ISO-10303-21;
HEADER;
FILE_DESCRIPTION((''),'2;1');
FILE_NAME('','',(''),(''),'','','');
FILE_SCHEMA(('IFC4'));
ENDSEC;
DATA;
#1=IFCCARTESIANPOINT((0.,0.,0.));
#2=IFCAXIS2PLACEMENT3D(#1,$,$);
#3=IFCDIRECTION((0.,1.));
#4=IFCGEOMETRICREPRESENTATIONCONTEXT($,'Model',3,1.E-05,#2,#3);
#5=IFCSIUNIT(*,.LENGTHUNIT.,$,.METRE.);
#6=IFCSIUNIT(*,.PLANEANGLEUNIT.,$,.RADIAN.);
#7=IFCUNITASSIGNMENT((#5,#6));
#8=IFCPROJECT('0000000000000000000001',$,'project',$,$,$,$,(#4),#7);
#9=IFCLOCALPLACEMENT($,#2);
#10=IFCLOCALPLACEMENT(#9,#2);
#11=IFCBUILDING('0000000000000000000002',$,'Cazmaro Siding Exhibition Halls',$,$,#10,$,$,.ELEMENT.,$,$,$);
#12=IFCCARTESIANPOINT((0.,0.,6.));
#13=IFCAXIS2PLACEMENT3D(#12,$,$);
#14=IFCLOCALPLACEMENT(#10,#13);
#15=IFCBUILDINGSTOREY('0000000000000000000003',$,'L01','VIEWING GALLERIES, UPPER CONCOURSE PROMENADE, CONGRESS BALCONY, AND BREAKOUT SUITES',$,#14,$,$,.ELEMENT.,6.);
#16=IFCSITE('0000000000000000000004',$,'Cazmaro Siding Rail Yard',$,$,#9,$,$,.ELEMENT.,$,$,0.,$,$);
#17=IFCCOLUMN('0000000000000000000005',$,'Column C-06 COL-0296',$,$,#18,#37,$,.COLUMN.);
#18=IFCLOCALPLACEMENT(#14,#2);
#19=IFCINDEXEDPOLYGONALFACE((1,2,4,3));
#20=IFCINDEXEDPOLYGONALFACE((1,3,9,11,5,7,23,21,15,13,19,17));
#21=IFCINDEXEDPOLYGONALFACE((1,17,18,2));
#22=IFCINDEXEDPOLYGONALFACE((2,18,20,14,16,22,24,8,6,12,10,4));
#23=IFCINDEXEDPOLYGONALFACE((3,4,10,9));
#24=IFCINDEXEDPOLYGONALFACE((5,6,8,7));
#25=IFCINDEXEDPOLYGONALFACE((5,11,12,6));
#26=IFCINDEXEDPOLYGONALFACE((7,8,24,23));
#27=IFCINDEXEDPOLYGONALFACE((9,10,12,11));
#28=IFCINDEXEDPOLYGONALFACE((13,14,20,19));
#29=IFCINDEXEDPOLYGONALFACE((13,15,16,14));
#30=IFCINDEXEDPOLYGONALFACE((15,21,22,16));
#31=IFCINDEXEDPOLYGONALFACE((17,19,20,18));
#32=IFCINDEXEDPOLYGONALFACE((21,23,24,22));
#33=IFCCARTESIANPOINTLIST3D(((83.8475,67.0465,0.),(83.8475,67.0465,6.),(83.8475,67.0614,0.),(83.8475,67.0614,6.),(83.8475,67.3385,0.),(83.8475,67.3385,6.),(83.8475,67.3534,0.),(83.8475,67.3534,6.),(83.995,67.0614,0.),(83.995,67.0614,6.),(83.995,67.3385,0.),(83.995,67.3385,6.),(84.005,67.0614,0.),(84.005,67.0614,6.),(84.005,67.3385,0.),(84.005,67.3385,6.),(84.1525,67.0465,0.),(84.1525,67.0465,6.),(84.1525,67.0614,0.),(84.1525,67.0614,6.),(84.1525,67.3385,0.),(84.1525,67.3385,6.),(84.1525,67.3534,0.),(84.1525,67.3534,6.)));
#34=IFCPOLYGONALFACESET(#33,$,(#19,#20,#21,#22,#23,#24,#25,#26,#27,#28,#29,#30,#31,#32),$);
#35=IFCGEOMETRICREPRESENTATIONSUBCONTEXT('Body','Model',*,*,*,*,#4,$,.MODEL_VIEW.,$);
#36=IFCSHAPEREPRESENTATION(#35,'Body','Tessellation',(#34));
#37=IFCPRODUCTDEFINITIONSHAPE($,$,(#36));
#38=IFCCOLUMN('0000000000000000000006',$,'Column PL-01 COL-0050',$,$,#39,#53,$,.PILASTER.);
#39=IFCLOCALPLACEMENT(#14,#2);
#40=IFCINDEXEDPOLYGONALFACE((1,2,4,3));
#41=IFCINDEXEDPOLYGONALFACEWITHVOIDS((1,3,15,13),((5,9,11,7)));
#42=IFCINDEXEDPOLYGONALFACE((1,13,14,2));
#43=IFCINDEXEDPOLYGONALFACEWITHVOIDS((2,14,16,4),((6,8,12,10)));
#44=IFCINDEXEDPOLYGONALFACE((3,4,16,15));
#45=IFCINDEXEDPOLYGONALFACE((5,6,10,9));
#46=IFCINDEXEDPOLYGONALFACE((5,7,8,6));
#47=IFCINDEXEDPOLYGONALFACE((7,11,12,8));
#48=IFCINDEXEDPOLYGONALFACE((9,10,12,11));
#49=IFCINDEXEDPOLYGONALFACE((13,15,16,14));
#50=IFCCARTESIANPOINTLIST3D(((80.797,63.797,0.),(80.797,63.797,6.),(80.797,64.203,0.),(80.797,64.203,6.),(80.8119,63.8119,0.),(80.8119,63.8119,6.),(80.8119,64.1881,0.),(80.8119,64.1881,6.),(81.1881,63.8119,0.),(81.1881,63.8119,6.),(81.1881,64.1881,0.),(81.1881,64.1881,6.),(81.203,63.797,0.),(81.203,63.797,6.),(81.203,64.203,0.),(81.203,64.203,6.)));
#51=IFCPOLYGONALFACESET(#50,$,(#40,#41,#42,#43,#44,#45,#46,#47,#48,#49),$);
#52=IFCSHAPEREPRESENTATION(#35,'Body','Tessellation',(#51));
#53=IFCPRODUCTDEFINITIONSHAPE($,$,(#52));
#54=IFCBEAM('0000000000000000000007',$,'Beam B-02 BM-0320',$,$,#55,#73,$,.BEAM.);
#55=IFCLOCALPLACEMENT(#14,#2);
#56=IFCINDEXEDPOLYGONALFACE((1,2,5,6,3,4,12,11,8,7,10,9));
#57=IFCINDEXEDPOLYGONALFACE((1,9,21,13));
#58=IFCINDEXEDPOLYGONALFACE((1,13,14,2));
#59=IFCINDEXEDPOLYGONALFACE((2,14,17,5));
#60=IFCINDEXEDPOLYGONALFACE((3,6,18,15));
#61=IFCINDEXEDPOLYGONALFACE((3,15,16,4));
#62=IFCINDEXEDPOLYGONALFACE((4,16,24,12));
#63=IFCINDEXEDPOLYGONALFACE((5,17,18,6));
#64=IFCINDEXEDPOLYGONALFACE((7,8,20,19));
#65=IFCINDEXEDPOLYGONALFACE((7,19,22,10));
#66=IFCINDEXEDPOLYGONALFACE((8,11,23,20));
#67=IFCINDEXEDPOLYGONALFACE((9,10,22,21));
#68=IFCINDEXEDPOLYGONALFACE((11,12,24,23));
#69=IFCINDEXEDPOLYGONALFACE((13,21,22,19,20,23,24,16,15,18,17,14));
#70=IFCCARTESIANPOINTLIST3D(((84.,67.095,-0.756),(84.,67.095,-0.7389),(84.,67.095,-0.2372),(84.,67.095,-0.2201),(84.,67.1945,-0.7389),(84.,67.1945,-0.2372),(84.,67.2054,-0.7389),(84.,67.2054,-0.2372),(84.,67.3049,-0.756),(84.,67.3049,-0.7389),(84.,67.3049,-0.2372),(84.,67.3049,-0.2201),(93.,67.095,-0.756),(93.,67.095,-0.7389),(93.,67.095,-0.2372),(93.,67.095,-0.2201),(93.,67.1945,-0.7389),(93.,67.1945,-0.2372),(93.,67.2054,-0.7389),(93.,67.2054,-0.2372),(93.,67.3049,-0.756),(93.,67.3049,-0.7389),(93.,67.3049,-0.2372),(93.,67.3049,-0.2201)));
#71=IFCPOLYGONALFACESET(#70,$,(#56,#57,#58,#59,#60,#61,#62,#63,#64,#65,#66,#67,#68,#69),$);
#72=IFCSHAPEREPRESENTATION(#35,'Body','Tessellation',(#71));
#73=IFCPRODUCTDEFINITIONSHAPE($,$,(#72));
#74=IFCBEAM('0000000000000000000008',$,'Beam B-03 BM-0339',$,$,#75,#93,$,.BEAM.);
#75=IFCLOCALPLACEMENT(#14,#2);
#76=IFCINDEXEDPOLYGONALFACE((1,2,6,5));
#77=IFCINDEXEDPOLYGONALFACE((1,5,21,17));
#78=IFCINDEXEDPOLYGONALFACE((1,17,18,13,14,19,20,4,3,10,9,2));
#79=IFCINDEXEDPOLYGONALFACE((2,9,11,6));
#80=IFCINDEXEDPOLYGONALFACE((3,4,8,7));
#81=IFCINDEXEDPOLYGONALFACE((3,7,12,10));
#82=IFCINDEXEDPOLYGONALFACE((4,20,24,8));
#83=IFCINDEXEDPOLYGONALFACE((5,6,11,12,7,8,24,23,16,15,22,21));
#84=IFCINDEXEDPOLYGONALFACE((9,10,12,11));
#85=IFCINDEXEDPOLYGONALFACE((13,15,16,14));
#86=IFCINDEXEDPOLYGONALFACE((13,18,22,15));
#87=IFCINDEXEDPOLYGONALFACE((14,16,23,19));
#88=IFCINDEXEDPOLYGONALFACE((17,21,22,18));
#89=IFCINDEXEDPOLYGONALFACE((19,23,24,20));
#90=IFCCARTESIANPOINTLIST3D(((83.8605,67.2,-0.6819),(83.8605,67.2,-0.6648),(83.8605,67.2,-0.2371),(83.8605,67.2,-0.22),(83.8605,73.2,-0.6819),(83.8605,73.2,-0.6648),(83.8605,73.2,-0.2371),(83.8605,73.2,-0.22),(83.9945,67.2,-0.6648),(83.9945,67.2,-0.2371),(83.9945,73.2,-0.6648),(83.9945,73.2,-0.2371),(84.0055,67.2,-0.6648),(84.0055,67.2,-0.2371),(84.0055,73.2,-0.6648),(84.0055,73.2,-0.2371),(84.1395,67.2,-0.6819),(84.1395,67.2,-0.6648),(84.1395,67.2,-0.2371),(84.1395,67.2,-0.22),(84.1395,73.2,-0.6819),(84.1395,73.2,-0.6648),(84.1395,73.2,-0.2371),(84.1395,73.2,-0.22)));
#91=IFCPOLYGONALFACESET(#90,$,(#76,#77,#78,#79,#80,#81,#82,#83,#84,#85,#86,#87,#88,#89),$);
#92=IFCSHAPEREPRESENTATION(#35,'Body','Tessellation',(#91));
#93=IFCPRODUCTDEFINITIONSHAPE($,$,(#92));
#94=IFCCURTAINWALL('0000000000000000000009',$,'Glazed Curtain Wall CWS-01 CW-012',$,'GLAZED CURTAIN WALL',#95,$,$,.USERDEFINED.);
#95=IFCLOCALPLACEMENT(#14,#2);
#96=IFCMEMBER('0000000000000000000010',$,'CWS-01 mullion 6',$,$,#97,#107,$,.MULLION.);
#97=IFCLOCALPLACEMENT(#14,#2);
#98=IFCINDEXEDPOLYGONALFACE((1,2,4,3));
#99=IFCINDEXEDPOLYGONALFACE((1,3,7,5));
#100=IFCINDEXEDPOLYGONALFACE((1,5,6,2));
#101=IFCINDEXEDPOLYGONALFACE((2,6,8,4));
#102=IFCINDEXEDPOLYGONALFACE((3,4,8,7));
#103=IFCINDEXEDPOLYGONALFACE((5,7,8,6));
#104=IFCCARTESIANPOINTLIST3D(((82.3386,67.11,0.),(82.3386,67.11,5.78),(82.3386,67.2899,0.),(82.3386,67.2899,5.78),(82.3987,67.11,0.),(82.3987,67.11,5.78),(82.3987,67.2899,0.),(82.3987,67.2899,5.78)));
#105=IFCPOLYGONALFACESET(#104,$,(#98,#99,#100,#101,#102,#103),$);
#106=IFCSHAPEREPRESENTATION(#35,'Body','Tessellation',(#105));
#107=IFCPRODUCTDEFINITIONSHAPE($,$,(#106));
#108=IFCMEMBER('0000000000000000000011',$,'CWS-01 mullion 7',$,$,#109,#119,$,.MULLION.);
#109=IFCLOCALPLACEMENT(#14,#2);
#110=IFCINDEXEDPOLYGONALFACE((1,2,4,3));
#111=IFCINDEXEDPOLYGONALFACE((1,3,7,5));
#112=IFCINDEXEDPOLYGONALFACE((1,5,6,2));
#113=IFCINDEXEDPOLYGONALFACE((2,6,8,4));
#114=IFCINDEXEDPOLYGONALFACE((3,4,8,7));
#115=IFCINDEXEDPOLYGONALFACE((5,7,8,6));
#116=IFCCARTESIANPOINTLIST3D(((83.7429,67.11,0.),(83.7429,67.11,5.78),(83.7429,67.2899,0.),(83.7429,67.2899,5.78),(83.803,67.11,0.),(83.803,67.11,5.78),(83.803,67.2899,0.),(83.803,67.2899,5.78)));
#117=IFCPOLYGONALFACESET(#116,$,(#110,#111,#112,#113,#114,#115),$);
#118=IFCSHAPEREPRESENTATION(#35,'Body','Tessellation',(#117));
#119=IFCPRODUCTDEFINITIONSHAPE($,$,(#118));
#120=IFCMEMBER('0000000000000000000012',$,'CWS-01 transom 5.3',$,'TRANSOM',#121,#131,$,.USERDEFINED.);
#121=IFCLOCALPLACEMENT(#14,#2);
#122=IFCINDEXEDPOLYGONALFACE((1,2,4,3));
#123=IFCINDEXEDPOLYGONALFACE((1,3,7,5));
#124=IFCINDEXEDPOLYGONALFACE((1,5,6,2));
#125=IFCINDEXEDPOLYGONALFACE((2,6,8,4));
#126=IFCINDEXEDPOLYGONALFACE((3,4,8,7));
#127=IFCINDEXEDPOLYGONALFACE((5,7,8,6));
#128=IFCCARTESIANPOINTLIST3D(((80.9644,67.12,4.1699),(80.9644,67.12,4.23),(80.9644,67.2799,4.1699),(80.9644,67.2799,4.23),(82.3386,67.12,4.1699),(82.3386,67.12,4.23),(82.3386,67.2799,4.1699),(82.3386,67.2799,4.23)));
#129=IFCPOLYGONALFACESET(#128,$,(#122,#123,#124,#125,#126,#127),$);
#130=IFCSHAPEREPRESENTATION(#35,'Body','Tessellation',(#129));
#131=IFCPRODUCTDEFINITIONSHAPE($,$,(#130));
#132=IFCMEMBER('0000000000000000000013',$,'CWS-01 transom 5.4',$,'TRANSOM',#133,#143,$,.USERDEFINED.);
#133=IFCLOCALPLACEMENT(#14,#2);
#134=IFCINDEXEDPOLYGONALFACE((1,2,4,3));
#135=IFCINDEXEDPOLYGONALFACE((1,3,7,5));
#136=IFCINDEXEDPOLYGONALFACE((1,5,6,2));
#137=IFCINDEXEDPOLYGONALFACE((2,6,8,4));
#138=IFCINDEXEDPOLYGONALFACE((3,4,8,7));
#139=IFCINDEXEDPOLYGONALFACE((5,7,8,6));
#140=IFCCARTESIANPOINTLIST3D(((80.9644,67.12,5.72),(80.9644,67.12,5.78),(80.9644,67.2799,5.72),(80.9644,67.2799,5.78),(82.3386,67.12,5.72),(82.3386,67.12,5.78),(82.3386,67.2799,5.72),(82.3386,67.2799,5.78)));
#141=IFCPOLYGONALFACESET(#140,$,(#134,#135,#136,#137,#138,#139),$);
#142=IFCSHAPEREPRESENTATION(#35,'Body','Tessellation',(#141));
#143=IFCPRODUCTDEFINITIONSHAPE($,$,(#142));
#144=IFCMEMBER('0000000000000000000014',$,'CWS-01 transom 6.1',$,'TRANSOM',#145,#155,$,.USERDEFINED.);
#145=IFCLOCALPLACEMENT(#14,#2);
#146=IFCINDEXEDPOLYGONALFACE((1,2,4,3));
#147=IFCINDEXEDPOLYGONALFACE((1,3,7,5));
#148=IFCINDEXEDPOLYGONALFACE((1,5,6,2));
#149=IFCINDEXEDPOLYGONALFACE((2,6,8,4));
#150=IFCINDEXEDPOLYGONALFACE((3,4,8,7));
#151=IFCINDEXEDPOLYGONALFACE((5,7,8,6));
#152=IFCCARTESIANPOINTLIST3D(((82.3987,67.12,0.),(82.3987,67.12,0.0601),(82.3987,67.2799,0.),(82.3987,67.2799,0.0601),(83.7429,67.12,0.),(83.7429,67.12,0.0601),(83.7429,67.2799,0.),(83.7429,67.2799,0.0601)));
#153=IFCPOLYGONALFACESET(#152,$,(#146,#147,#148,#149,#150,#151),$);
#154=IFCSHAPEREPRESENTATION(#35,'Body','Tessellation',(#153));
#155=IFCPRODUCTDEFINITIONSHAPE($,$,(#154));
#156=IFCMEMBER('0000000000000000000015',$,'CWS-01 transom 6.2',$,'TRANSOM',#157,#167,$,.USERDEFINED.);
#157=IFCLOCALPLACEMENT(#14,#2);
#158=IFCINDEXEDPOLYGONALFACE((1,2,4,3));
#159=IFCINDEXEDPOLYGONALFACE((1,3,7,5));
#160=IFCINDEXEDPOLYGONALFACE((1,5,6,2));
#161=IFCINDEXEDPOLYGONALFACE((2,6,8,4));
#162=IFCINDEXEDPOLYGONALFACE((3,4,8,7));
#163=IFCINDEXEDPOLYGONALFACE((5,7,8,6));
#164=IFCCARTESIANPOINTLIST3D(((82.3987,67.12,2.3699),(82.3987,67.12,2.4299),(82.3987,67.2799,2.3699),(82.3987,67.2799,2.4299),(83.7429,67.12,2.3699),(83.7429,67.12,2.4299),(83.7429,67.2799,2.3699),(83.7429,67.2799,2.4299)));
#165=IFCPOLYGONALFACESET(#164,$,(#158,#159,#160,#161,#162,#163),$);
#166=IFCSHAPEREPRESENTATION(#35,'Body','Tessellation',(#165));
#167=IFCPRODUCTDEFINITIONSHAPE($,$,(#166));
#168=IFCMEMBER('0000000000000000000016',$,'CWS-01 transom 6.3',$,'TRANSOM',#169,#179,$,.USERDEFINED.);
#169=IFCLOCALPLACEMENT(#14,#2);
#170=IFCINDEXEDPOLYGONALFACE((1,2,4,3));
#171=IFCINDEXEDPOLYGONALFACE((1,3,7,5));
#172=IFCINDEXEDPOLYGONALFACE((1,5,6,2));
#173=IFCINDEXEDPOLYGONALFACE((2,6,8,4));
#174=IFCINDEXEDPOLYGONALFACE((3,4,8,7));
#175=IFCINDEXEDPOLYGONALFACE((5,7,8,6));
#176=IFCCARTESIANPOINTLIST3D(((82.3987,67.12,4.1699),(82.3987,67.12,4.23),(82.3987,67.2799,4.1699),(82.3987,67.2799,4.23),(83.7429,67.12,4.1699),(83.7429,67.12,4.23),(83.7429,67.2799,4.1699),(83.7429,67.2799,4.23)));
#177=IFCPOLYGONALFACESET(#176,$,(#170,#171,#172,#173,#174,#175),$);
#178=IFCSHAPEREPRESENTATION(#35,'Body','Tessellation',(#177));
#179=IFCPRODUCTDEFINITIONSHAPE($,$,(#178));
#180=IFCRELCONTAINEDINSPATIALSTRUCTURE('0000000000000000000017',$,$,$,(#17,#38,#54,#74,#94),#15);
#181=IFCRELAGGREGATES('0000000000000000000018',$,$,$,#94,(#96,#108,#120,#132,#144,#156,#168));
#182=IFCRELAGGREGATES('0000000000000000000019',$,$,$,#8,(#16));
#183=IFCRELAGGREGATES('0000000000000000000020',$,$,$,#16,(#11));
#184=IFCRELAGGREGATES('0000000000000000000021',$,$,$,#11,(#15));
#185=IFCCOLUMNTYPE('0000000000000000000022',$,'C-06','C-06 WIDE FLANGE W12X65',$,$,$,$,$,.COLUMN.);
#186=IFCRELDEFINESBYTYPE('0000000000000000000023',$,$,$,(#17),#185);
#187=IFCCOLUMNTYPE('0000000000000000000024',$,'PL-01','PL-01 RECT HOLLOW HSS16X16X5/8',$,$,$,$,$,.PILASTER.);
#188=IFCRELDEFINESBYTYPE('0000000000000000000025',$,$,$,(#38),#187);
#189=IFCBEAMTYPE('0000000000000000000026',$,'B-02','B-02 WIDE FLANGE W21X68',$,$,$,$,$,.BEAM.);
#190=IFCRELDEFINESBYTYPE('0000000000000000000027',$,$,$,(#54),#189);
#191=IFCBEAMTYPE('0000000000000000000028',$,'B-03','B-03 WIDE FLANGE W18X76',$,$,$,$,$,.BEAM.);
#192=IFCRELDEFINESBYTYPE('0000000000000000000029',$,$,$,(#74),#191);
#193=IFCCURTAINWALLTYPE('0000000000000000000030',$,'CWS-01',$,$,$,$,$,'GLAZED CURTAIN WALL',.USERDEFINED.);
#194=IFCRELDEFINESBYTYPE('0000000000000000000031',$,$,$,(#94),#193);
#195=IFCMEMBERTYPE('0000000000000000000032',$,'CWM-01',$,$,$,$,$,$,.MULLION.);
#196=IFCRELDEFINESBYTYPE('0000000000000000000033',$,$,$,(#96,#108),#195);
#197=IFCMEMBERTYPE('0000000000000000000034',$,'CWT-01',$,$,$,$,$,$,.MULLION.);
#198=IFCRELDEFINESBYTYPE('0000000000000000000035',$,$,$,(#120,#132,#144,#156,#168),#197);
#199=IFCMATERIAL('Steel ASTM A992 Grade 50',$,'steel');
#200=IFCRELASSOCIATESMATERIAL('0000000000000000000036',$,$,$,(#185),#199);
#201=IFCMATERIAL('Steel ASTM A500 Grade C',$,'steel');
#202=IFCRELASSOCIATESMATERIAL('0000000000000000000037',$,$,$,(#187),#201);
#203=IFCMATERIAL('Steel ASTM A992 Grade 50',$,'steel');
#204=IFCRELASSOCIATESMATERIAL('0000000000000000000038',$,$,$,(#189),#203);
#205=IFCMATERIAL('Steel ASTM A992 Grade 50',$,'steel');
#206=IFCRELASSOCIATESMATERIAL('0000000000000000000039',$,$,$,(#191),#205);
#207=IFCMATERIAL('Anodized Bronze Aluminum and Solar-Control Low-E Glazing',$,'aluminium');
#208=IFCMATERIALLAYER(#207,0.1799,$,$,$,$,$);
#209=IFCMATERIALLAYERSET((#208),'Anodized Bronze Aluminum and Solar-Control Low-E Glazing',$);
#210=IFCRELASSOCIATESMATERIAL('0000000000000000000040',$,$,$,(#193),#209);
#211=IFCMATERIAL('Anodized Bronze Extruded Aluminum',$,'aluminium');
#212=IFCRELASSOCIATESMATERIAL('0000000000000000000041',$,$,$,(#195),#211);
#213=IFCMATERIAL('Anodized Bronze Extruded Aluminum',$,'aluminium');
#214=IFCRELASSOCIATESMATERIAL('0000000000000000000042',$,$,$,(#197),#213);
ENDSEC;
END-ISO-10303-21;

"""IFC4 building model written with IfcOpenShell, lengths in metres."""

from ifc_helpers import new_model, si_unit, direction, frame, origin, origin_2d, place, context, subcontext, project, spatial, rectangle, hollow_rectangle, i_section, extrude, material, layer, layer_set, material_profile, profile_set, type_object, element, aggregate, save


model = new_model("IFC4")

# Units and contexts
model_context = context("Model", 3, precision=1e-05, world=origin(), true_north=direction((0.0, 1.0)))
body_context = subcontext(model_context, "Body", "Model", "MODEL_VIEW")
ifc_project = project(units=[si_unit("LENGTHUNIT", "METRE"), si_unit("PLANEANGLEUNIT", "RADIAN")], contexts=[model_context])

# Site, building, storey
site_placement = place(None, origin())
site = spatial("IfcSite", under=ifc_project, at=site_placement, Name="Cazmaro Siding Rail Yard", CompositionType="ELEMENT", RefElevation=0.0)
building_placement = place(site_placement, origin())
building = spatial("IfcBuilding", under=site, at=building_placement, Name="Cazmaro Siding Exhibition Halls", CompositionType="ELEMENT")
storey_placement = place(building_placement, frame((0.0, 0.0, 6.0)))
storey = spatial("IfcBuildingStorey", under=building, at=storey_placement, Name="L01", Description="VIEWING GALLERIES, UPPER CONCOURSE PROMENADE, CONGRESS BALCONY, AND BREAKOUT SUITES", CompositionType="ELEMENT", Elevation=6.0)

# Columns
ifc_material_1 = material(Name="Steel ASTM A992 Grade 50", Category="steel")
ifc_material_profile_1 = material_profile(ifc_material_1, i_section(OverallWidth=0.3049, OverallDepth=0.3069, WebThickness=0.01, FlangeThickness=0.0149, at=origin_2d()), Name="W12X65")
ifc_profile_set_1 = profile_set([ifc_material_profile_1], Name="Steel ASTM A992 Grade 50")
column_type_1 = type_object("IfcColumnType", Name="C-06", Description="C-06 WIDE FLANGE W12X65", PredefinedType="COLUMN", material=ifc_profile_set_1)
column_1_placement = place(storey_placement, frame((84.0, 67.2, 0.0), z_axis=(0.0, 0.0, 1.0), x_axis=(1.0, 0.0, 0.0)))
element("IfcColumn", 1, at=column_1_placement, inside=storey, type_object=column_type_1, Name="Column C-06 COL-0296", PredefinedType="COLUMN", context=body_context, shape_type="SweptSolid", body=[
    extrude(i_section(OverallWidth=0.3049, OverallDepth=0.3069, WebThickness=0.01, FlangeThickness=0.0149, at=origin_2d()), origin(), (0.0, 0.0, 1.0), 6.0),
])
ifc_material_2 = material(Name="Steel ASTM A500 Grade C", Category="steel")
ifc_material_profile_2 = material_profile(ifc_material_2, hollow_rectangle(XDim=0.406, YDim=0.406, WallThickness=0.0149, at=origin_2d()), Name="HSS16X16X5/8")
ifc_profile_set_2 = profile_set([ifc_material_profile_2], Name="Steel ASTM A500 Grade C")
column_type_2 = type_object("IfcColumnType", Name="PL-01", Description="PL-01 RECT HOLLOW HSS16X16X5/8", PredefinedType="PILASTER", material=ifc_profile_set_2)
column_2_placement = place(storey_placement, frame((81.0, 64.0, 0.0), z_axis=(0.0, 0.0, 1.0), x_axis=(1.0, 0.0, 0.0)))
element("IfcColumn", 2, at=column_2_placement, inside=storey, type_object=column_type_2, Name="Column PL-01 COL-0050", PredefinedType="PILASTER", context=body_context, shape_type="SweptSolid", body=[
    extrude(hollow_rectangle(XDim=0.406, YDim=0.406, WallThickness=0.0149, at=origin_2d()), origin(), (0.0, 0.0, 1.0), 6.0),
])

# Beams
ifc_material_3 = material(Name="Steel ASTM A992 Grade 50", Category="steel")
ifc_material_profile_3 = material_profile(ifc_material_3, i_section(OverallWidth=0.21, OverallDepth=0.5359, WebThickness=0.011, FlangeThickness=0.0171, at=origin_2d()), Name="W21X68")
ifc_profile_set_3 = profile_set([ifc_material_profile_3], Name="Steel ASTM A992 Grade 50")
beam_type_1 = type_object("IfcBeamType", Name="B-02", Description="B-02 WIDE FLANGE W21X68", PredefinedType="BEAM", material=ifc_profile_set_3)
beam_1_placement = place(storey_placement, frame((84.0, 67.2, -0.488), z_axis=(1.0, 0.0, 0.0), x_axis=(0.0, 1.0, 0.0)))
element("IfcBeam", 3, at=beam_1_placement, inside=storey, type_object=beam_type_1, Name="Beam B-02 BM-0320", PredefinedType="BEAM", context=body_context, shape_type="SweptSolid", body=[
    extrude(i_section(OverallWidth=0.21, OverallDepth=0.5359, WebThickness=0.011, FlangeThickness=0.0171, at=origin_2d()), origin(), (0.0, 0.0, 1.0), 9.0),
])
ifc_material_4 = material(Name="Steel ASTM A992 Grade 50", Category="steel")
ifc_material_profile_4 = material_profile(ifc_material_4, i_section(OverallWidth=0.2791, OverallDepth=0.4619, WebThickness=0.011, FlangeThickness=0.0171, at=origin_2d()), Name="W18X76")
ifc_profile_set_4 = profile_set([ifc_material_profile_4], Name="Steel ASTM A992 Grade 50")
beam_type_2 = type_object("IfcBeamType", Name="B-03", Description="B-03 WIDE FLANGE W18X76", PredefinedType="BEAM", material=ifc_profile_set_4)
beam_2_placement = place(storey_placement, frame((84.0, 67.2, -0.4509), z_axis=(0.0, 1.0, 0.0), x_axis=(-1.0, 0.0, 0.0)))
element("IfcBeam", 4, at=beam_2_placement, inside=storey, type_object=beam_type_2, Name="Beam B-03 BM-0339", PredefinedType="BEAM", context=body_context, shape_type="SweptSolid", body=[
    extrude(i_section(OverallWidth=0.2791, OverallDepth=0.4619, WebThickness=0.011, FlangeThickness=0.0171, at=origin_2d()), origin(), (0.0, 0.0, 1.0), 6.0),
])

# Curtain wall, members
ifc_material_5 = material(Name="Anodized Bronze Aluminum and Solar-Control Low-E Glazing", Category="aluminium")
ifc_layer_1 = layer(ifc_material_5, 0.1799)
ifc_layer_set_1 = layer_set([ifc_layer_1], Name="Anodized Bronze Aluminum and Solar-Control Low-E Glazing")
curtain_wall_type = type_object("IfcCurtainWallType", Name="CWS-01", ElementType="GLAZED CURTAIN WALL", PredefinedType="USERDEFINED", material=ifc_layer_set_1)
curtain_wall_placement = place(storey_placement, origin())
curtain_wall = element("IfcCurtainWall", 5, at=curtain_wall_placement, inside=storey, type_object=curtain_wall_type, Name="Glazed Curtain Wall CWS-01 CW-012", ObjectType="GLAZED CURTAIN WALL", PredefinedType="USERDEFINED")
ifc_material_6 = material(Name="Anodized Bronze Extruded Aluminum", Category="aluminium")
ifc_material_profile_5 = material_profile(ifc_material_6, rectangle(XDim=0.1799, YDim=0.0601, at=origin_2d()), Name="CWM-01")
ifc_profile_set_5 = profile_set([ifc_material_profile_5], Name="Anodized Bronze Extruded Aluminum")
member_type_1 = type_object("IfcMemberType", Name="CWM-01", PredefinedType="MULLION", material=ifc_profile_set_5)
member_1_placement = place(storey_placement, frame((82.3687, 67.2, 0.0), z_axis=(0.0, 0.0, 1.0), x_axis=(0.0, 1.0, 0.0)))
member_1 = element("IfcMember", 6, at=member_1_placement, type_object=member_type_1, Name="CWS-01 mullion 6", PredefinedType="MULLION", context=body_context, shape_type="SweptSolid", body=[
    extrude(rectangle(XDim=0.1799, YDim=0.0601, at=origin_2d()), origin(), (0.0, 0.0, 1.0), 5.78),
])
member_2_placement = place(storey_placement, frame((83.7729, 67.2, 0.0), z_axis=(0.0, 0.0, 1.0), x_axis=(0.0, 1.0, 0.0)))
member_2 = element("IfcMember", 7, at=member_2_placement, type_object=member_type_1, Name="CWS-01 mullion 7", PredefinedType="MULLION", context=body_context, shape_type="SweptSolid", body=[
    extrude(rectangle(XDim=0.1799, YDim=0.0601, at=origin_2d()), origin(), (0.0, 0.0, 1.0), 5.78),
])
ifc_material_7 = material(Name="Anodized Bronze Extruded Aluminum", Category="aluminium")
ifc_material_profile_6 = material_profile(ifc_material_7, rectangle(XDim=0.1599, YDim=0.0601, at=origin_2d()), Name="CWT-01")
ifc_profile_set_6 = profile_set([ifc_material_profile_6], Name="Anodized Bronze Extruded Aluminum")
member_type_2 = type_object("IfcMemberType", Name="CWT-01", PredefinedType="MULLION", material=ifc_profile_set_6)
member_3_placement = place(storey_placement, frame((80.9644, 67.2, 4.2), z_axis=(1.0, 0.0, 0.0), x_axis=(0.0, 1.0, 0.0)))
member_3 = element("IfcMember", 8, at=member_3_placement, type_object=member_type_2, Name="CWS-01 transom 5.3", ObjectType="TRANSOM", PredefinedType="USERDEFINED", context=body_context, shape_type="SweptSolid", body=[
    extrude(rectangle(XDim=0.1599, YDim=0.0601, at=origin_2d()), origin(), (0.0, 0.0, 1.0), 1.3743),
])
member_4_placement = place(storey_placement, frame((80.9644, 67.2, 5.75), z_axis=(1.0, 0.0, 0.0), x_axis=(0.0, 1.0, 0.0)))
member_4 = element("IfcMember", 9, at=member_4_placement, type_object=member_type_2, Name="CWS-01 transom 5.4", ObjectType="TRANSOM", PredefinedType="USERDEFINED", context=body_context, shape_type="SweptSolid", body=[
    extrude(rectangle(XDim=0.1599, YDim=0.0601, at=origin_2d()), origin(), (0.0, 0.0, 1.0), 1.3743),
])
member_5_placement = place(storey_placement, frame((82.3987, 67.2, 0.03), z_axis=(1.0, 0.0, 0.0), x_axis=(0.0, 1.0, 0.0)))
member_5 = element("IfcMember", 10, at=member_5_placement, type_object=member_type_2, Name="CWS-01 transom 6.1", ObjectType="TRANSOM", PredefinedType="USERDEFINED", context=body_context, shape_type="SweptSolid", body=[
    extrude(rectangle(XDim=0.1599, YDim=0.0601, at=origin_2d()), origin(), (0.0, 0.0, 1.0), 1.3442),
])
member_6_placement = place(storey_placement, frame((82.3987, 67.2, 2.3999), z_axis=(1.0, 0.0, 0.0), x_axis=(0.0, 1.0, 0.0)))
member_6 = element("IfcMember", 11, at=member_6_placement, type_object=member_type_2, Name="CWS-01 transom 6.2", ObjectType="TRANSOM", PredefinedType="USERDEFINED", context=body_context, shape_type="SweptSolid", body=[
    extrude(rectangle(XDim=0.1599, YDim=0.0601, at=origin_2d()), origin(), (0.0, 0.0, 1.0), 1.3442),
])
member_7_placement = place(storey_placement, frame((82.3987, 67.2, 4.2), z_axis=(1.0, 0.0, 0.0), x_axis=(0.0, 1.0, 0.0)))
member_7 = element("IfcMember", 12, at=member_7_placement, type_object=member_type_2, Name="CWS-01 transom 6.3", ObjectType="TRANSOM", PredefinedType="USERDEFINED", context=body_context, shape_type="SweptSolid", body=[
    extrude(rectangle(XDim=0.1599, YDim=0.0601, at=origin_2d()), origin(), (0.0, 0.0, 1.0), 1.3442),
])

aggregate(curtain_wall, [member_1, member_2, member_3, member_4, member_5, member_6, member_7])

save(model, "model.ifc")
